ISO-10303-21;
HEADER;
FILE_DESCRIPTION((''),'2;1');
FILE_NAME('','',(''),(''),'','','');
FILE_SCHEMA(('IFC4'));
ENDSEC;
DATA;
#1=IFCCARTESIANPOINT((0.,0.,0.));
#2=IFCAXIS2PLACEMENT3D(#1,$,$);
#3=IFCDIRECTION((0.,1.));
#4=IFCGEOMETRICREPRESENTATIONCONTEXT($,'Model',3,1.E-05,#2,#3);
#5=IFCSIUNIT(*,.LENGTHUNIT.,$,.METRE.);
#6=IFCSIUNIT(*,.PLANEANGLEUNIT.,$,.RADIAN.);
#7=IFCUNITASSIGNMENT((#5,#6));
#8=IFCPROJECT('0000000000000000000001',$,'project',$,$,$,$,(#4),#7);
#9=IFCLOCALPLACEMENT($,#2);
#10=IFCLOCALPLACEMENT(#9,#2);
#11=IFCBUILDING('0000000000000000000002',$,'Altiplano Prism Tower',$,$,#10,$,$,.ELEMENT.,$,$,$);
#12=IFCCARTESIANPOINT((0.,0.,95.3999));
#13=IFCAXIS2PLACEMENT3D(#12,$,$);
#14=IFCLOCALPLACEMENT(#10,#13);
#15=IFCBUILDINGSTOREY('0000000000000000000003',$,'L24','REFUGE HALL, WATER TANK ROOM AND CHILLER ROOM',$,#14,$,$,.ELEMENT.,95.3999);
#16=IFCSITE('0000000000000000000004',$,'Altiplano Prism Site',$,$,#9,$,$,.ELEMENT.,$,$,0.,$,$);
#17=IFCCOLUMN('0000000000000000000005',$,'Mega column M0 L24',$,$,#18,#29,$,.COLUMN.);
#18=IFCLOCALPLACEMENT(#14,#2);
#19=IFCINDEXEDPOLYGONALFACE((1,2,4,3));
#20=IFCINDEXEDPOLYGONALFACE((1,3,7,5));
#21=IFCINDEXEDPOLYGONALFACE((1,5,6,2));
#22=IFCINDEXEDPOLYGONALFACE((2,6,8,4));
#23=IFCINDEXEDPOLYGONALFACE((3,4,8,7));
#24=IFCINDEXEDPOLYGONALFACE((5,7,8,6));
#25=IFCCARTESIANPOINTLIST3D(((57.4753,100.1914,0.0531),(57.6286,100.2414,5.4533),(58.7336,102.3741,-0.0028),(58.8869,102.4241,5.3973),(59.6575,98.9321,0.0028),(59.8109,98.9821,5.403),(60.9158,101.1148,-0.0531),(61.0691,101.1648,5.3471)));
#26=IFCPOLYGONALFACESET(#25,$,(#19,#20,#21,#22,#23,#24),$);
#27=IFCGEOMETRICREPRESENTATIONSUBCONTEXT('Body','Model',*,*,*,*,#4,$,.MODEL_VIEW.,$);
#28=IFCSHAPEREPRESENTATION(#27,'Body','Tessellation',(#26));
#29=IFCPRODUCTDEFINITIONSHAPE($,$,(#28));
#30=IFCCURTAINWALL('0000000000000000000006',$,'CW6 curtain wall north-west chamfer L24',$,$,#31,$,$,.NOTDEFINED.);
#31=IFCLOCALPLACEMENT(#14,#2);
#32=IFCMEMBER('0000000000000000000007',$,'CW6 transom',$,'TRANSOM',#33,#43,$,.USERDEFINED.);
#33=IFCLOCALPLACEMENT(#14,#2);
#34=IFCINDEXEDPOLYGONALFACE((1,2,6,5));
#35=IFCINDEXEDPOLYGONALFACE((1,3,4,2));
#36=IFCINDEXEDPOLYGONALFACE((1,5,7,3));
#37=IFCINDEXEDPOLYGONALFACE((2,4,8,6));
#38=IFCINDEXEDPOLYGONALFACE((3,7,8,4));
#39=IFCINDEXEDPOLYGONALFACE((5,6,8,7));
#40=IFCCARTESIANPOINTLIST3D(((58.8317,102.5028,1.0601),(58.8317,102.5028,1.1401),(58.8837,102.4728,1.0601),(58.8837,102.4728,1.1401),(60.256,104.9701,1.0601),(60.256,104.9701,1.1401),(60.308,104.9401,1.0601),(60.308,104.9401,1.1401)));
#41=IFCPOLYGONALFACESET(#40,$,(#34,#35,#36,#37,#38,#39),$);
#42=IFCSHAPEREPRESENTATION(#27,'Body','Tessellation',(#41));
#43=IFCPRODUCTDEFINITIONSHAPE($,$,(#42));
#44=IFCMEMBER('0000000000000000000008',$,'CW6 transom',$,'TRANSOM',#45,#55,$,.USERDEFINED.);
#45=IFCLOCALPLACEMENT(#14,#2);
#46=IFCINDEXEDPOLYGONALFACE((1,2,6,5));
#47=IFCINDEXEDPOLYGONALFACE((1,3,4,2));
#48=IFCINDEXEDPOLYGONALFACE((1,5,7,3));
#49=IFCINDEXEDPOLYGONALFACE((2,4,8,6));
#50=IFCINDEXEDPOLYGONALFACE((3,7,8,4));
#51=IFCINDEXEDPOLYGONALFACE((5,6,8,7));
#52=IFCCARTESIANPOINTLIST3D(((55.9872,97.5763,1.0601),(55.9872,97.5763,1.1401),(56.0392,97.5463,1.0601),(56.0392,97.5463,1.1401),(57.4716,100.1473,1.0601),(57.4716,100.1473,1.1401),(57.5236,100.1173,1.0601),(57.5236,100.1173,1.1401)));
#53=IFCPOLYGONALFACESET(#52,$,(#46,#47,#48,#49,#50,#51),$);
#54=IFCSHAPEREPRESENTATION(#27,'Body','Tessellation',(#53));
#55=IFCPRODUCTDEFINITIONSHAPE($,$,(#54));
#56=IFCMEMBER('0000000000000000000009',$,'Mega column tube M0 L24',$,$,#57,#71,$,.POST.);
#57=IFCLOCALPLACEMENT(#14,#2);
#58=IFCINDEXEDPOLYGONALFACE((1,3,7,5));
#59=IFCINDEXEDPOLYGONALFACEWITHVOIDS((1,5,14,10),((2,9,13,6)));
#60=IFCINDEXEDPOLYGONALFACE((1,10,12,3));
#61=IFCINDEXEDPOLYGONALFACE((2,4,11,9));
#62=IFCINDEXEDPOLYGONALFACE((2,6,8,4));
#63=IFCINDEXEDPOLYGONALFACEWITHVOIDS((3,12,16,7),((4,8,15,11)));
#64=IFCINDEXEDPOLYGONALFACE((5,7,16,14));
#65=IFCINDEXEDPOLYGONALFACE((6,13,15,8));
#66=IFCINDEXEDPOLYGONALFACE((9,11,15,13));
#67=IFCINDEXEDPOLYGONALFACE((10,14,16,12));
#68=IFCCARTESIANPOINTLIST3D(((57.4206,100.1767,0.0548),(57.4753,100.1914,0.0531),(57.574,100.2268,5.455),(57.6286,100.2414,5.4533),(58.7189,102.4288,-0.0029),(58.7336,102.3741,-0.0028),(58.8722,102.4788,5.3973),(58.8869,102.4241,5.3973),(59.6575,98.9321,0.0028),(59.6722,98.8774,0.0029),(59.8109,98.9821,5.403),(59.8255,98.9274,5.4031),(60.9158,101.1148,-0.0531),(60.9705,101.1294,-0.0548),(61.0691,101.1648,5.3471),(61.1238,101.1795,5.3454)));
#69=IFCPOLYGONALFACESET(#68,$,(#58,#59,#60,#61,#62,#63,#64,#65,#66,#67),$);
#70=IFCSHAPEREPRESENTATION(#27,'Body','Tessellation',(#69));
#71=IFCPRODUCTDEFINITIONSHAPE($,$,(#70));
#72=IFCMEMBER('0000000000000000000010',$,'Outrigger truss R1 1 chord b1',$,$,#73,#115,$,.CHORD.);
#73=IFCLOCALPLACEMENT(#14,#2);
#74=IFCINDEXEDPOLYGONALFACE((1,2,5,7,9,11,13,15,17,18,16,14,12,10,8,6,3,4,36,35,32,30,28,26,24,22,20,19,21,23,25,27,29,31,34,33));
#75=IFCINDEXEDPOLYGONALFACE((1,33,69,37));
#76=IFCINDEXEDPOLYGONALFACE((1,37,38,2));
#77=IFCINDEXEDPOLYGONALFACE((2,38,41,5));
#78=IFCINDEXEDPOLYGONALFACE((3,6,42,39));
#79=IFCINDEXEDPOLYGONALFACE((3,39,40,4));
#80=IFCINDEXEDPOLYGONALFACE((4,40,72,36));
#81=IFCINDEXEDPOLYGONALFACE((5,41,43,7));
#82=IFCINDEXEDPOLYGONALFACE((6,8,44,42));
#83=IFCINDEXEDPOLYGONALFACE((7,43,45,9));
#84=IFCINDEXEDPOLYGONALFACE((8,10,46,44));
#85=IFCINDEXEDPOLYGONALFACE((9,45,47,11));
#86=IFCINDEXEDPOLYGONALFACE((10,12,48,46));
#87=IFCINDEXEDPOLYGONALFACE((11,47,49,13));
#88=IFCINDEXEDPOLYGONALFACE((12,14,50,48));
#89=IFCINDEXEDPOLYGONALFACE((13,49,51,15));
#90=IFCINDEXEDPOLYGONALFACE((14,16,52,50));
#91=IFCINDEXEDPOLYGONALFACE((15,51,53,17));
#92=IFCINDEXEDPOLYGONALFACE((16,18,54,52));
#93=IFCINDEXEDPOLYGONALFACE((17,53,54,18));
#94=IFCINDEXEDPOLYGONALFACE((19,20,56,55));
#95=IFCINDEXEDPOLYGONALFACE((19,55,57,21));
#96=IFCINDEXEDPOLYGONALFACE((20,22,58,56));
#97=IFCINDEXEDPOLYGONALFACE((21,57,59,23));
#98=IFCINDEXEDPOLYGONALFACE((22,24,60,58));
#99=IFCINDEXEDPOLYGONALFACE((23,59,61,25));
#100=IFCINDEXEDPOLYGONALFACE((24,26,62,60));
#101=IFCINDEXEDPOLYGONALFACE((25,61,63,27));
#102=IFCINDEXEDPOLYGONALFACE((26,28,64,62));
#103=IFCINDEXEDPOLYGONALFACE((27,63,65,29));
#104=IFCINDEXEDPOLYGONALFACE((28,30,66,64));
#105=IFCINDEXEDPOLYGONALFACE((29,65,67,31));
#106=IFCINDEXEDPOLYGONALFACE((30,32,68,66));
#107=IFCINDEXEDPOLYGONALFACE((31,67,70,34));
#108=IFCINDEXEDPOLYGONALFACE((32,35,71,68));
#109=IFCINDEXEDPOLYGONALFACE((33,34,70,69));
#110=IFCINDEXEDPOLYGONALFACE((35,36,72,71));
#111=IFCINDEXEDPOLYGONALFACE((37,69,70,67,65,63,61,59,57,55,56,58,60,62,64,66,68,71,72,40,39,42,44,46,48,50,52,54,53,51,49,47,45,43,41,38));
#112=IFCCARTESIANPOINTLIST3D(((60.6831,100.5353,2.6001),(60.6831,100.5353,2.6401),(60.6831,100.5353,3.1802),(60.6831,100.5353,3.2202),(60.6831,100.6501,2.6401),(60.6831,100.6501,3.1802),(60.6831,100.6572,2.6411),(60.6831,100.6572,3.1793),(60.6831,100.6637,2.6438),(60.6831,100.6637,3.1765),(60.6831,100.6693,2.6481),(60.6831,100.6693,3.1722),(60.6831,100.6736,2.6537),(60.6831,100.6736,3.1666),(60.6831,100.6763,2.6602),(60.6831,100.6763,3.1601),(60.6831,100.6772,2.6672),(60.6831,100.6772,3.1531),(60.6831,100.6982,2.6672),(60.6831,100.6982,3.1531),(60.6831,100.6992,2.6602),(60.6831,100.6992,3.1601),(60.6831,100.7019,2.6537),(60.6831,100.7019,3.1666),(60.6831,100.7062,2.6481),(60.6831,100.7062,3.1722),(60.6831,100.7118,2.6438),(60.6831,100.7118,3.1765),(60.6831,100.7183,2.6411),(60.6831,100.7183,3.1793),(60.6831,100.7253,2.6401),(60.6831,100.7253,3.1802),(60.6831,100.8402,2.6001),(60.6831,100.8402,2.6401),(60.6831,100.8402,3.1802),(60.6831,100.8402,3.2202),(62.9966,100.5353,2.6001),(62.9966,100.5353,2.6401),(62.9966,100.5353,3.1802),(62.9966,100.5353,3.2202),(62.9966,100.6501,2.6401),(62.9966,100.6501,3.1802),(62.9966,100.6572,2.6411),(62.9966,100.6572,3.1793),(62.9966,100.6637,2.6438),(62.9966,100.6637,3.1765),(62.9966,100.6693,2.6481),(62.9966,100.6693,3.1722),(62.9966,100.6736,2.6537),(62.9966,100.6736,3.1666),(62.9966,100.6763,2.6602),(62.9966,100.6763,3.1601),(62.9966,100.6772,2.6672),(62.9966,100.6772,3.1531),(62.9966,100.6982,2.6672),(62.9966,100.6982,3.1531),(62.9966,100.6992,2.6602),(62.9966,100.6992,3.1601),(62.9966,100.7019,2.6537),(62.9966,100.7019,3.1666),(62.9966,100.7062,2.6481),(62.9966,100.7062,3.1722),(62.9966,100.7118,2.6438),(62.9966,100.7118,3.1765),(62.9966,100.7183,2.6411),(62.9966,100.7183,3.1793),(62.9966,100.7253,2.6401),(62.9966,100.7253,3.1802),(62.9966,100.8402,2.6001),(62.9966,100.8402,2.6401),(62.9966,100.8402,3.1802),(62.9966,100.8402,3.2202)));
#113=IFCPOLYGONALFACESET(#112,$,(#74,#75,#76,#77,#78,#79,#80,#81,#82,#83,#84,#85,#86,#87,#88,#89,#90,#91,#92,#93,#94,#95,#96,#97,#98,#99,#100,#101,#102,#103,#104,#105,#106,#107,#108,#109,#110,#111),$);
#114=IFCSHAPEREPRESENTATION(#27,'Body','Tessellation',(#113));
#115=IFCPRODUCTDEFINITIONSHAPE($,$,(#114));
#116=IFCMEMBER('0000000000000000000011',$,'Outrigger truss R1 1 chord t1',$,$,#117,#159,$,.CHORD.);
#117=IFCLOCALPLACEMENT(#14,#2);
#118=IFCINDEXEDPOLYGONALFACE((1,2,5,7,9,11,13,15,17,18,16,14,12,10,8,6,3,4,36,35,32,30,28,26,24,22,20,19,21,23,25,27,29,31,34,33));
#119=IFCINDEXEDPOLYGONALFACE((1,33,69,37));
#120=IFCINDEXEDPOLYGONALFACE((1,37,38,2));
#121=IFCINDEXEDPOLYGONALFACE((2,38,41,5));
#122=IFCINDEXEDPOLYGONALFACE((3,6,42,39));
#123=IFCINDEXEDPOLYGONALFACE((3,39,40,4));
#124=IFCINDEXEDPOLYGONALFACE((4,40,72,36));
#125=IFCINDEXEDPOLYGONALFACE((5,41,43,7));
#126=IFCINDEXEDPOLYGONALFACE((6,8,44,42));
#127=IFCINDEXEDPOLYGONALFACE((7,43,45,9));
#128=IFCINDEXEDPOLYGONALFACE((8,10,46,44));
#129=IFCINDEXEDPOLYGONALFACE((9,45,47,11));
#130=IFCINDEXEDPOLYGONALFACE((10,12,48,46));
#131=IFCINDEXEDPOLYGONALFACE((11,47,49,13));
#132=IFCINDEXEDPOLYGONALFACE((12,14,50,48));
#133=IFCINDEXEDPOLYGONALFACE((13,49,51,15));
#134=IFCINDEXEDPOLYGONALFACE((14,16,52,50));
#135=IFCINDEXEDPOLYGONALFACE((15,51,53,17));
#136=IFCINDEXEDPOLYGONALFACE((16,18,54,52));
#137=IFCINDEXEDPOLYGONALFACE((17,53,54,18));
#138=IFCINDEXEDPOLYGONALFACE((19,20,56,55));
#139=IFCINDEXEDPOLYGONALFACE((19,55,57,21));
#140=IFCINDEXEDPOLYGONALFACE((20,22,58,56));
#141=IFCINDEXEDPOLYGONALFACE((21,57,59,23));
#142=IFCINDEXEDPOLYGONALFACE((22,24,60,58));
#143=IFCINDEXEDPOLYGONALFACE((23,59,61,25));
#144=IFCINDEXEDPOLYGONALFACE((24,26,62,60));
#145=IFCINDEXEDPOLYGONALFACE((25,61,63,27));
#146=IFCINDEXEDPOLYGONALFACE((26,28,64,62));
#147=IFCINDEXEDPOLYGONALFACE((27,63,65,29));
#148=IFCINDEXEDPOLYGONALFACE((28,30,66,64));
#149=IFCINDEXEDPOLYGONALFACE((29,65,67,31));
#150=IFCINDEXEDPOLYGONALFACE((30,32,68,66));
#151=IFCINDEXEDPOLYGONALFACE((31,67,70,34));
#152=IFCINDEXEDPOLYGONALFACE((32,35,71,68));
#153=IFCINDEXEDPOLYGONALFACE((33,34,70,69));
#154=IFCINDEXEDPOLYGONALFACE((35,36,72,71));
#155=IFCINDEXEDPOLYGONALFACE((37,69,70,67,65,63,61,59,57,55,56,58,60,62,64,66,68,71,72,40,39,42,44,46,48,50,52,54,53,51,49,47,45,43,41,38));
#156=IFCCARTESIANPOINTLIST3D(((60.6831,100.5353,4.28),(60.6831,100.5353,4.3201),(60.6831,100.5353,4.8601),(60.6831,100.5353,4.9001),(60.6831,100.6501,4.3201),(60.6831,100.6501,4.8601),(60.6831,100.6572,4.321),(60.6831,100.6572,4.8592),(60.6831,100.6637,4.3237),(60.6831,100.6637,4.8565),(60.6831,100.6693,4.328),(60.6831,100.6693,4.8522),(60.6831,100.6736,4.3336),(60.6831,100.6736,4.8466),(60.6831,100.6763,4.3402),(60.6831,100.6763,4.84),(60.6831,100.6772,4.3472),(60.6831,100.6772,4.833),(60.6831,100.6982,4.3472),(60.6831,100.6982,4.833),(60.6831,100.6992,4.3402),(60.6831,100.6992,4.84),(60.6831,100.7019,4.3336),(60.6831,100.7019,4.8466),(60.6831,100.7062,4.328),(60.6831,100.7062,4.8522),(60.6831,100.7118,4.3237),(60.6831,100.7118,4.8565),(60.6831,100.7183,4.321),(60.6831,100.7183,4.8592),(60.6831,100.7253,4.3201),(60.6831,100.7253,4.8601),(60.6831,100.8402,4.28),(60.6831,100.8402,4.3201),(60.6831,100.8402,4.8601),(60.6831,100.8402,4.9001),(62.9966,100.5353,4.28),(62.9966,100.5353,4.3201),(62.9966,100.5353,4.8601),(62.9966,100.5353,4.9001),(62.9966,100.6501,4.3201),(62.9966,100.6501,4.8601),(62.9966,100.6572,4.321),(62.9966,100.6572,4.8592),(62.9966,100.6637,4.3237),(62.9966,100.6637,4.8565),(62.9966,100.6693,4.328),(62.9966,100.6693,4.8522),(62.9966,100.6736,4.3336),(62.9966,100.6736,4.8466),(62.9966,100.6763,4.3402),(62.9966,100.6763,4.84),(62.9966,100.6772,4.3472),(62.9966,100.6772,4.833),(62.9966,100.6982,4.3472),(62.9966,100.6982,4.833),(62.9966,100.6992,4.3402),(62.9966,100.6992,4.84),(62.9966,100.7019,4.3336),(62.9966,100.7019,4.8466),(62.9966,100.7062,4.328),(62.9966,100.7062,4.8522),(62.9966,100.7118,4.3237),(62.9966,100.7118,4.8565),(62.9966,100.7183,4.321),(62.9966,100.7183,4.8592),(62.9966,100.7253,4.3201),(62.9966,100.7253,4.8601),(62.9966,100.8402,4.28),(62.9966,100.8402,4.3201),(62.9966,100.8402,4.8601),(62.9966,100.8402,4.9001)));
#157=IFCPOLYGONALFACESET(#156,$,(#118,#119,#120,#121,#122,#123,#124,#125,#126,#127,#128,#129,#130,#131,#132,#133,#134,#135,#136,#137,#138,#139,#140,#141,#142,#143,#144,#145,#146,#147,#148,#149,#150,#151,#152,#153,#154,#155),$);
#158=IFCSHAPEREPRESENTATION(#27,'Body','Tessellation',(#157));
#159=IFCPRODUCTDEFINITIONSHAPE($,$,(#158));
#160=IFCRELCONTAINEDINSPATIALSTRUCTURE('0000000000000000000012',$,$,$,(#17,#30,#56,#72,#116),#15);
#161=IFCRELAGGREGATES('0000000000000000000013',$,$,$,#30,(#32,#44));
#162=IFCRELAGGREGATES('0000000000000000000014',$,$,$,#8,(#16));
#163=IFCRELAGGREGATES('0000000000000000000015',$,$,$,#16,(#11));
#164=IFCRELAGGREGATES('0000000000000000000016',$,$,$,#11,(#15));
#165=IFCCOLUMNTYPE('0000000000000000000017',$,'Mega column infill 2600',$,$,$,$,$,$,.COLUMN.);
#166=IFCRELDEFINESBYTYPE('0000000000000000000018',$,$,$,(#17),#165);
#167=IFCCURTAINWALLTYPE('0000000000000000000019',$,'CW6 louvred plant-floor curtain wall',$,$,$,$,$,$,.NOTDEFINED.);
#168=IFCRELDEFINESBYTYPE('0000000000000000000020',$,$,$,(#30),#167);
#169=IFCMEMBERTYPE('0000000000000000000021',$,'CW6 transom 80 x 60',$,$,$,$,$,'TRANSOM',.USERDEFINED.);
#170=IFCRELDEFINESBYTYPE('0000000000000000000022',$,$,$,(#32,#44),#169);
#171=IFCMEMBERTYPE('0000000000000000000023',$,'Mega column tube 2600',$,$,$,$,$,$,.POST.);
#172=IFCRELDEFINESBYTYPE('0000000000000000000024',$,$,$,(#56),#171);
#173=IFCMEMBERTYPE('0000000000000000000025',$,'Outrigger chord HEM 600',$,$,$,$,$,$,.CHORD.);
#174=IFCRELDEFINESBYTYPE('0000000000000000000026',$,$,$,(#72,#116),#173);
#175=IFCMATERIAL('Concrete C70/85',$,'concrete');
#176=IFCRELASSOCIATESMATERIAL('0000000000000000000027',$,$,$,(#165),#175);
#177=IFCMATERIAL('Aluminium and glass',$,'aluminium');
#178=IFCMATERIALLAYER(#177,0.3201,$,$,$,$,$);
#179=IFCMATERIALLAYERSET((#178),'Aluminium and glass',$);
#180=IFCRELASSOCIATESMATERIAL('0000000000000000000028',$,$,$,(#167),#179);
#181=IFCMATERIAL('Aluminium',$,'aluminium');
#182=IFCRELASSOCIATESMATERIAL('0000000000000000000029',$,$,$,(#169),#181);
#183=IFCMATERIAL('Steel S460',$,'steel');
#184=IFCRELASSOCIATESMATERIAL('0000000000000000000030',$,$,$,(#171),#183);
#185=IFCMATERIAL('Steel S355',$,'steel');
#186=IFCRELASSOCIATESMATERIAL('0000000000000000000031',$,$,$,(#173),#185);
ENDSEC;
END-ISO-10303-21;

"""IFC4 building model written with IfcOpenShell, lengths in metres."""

from ifc_helpers import new_model, si_unit, direction, frame, origin, origin_2d, place, context, subcontext, project, spatial, rectangle, hollow_rectangle, i_section, extrude, material, layer, layer_set, material_profile, profile_set, type_object, element, aggregate, save


model = new_model("IFC4")

# Units and contexts
model_context = context("Model", 3, precision=1e-05, world=origin(), true_north=direction((0.0, 1.0)))
body_context = subcontext(model_context, "Body", "Model", "MODEL_VIEW")
ifc_project = project(units=[si_unit("LENGTHUNIT", "METRE"), si_unit("PLANEANGLEUNIT", "RADIAN")], contexts=[model_context])

# Site, building, storey
site_placement = place(None, origin())
site = spatial("IfcSite", under=ifc_project, at=site_placement, Name="Altiplano Prism Site", CompositionType="ELEMENT", RefElevation=0.0)
building_placement = place(site_placement, origin())
building = spatial("IfcBuilding", under=site, at=building_placement, Name="Altiplano Prism Tower", CompositionType="ELEMENT")
storey_placement = place(building_placement, frame((0.0, 0.0, 95.3999)))
storey = spatial("IfcBuildingStorey", under=building, at=storey_placement, Name="L24", Description="REFUGE HALL, WATER TANK ROOM AND CHILLER ROOM", CompositionType="ELEMENT", Elevation=95.3999)

# Column
ifc_material_1 = material(Name="Concrete C70/85", Category="concrete")
ifc_material_profile_1 = material_profile(ifc_material_1, rectangle(XDim=2.52, YDim=2.52, at=origin_2d()), Name="Mega column infill 2600")
ifc_profile_set_1 = profile_set([ifc_material_profile_1], Name="Concrete C70/85")
column_type = type_object("IfcColumnType", Name="Mega column infill 2600", PredefinedType="COLUMN", material=ifc_profile_set_1)
column_placement = place(storey_placement, frame((59.1956, 100.6531, 0.0), z_axis=(0.028379, 0.009264, 0.999554), x_axis=(-0.865959, 0.499716, 0.019955)))
element("IfcColumn", 1, at=column_placement, inside=storey, type_object=column_type, Name="Mega column M0 L24", PredefinedType="COLUMN", context=body_context, shape_type="SweptSolid", body=[
    extrude(rectangle(XDim=2.52, YDim=2.52, at=origin_2d()), origin(), (0.0, 0.0, 1.0), 5.4026),
])

# Curtain wall, members
ifc_material_2 = material(Name="Aluminium and glass", Category="aluminium")
ifc_layer_1 = layer(ifc_material_2, 0.3201)
ifc_layer_set_1 = layer_set([ifc_layer_1], Name="Aluminium and glass")
curtain_wall_type = type_object("IfcCurtainWallType", Name="CW6 louvred plant-floor curtain wall", PredefinedType="NOTDEFINED", material=ifc_layer_set_1)
curtain_wall_placement = place(storey_placement, origin())
curtain_wall = element("IfcCurtainWall", 2, at=curtain_wall_placement, inside=storey, type_object=curtain_wall_type, Name="CW6 curtain wall north-west chamfer L24", PredefinedType="NOTDEFINED")
ifc_material_3 = material(Name="Aluminium", Category="aluminium")
ifc_material_profile_2 = material_profile(ifc_material_3, rectangle(XDim=0.0601, YDim=0.0801, at=origin_2d()), Name="CW6 transom 80 x 60")
ifc_profile_set_2 = profile_set([ifc_material_profile_2], Name="Aluminium")
member_type_1 = type_object("IfcMemberType", Name="CW6 transom 80 x 60", ElementType="TRANSOM", PredefinedType="USERDEFINED", material=ifc_profile_set_2)
member_1_placement = place(storey_placement, frame((60.282, 104.9551, 1.1001), z_axis=(-0.499955, -0.866051, 0.0), x_axis=(0.866051, -0.499955, 0.0)))
member_1 = element("IfcMember", 3, at=member_1_placement, type_object=member_type_1, Name="CW6 transom", ObjectType="TRANSOM", PredefinedType="USERDEFINED", context=body_context, shape_type="SweptSolid", body=[
    extrude(rectangle(XDim=0.0601, YDim=0.0801, at=origin_2d()), origin(), (0.0, 0.0, 1.0), 2.8489),
])
member_2_placement = place(storey_placement, frame((57.4976, 100.1323, 1.1001), z_axis=(-0.499995, -0.866028, 0.0), x_axis=(0.866028, -0.499995, 0.0)))
member_2 = element("IfcMember", 4, at=member_2_placement, type_object=member_type_1, Name="CW6 transom", ObjectType="TRANSOM", PredefinedType="USERDEFINED", context=body_context, shape_type="SweptSolid", body=[
    extrude(rectangle(XDim=0.0601, YDim=0.0801, at=origin_2d()), origin(), (0.0, 0.0, 1.0), 2.9688),
])

# Members
ifc_material_4 = material(Name="Steel S460", Category="steel")
ifc_material_profile_3 = material_profile(ifc_material_4, hollow_rectangle(XDim=2.6001, YDim=2.6001, WallThickness=0.04, at=origin_2d()), Name="Mega column tube 2600")
ifc_profile_set_3 = profile_set([ifc_material_profile_3], Name="Steel S460")
member_type_2 = type_object("IfcMemberType", Name="Mega column tube 2600", PredefinedType="POST", material=ifc_profile_set_3)
member_3_placement = place(storey_placement, frame((59.1956, 100.6531, 0.0), z_axis=(0.028379, 0.009264, 0.999554), x_axis=(-0.865959, 0.499716, 0.019955)))
element("IfcMember", 5, at=member_3_placement, inside=storey, type_object=member_type_2, Name="Mega column tube M0 L24", PredefinedType="POST", context=body_context, shape_type="SweptSolid", body=[
    extrude(hollow_rectangle(XDim=2.6001, YDim=2.6001, WallThickness=0.04, at=origin_2d()), origin(), (0.0, 0.0, 1.0), 5.4026),
])
ifc_material_5 = material(Name="Steel S355", Category="steel")
ifc_material_profile_4 = material_profile(ifc_material_5, i_section(OverallWidth=0.3049, OverallDepth=0.6201, WebThickness=0.021, FlangeThickness=0.04, FilletRadius=0.0271, at=origin_2d()), Name="Outrigger chord HEM 600")
ifc_profile_set_4 = profile_set([ifc_material_profile_4], Name="Steel S355")
member_type_3 = type_object("IfcMemberType", Name="Outrigger chord HEM 600", PredefinedType="CHORD", material=ifc_profile_set_4)
for number, where, z_axis, x_axis, name in (
    (6, (60.6831, 100.6877, 2.9102), (1.0, 0.0, 0.0), (0.0, 1.0, 0.0), "Outrigger truss R1 1 chord b1"),
    (7, (60.6831, 100.6877, 4.5901), (1.0, 0.0, 0.0), (0.0, 1.0, 0.0), "Outrigger truss R1 1 chord t1"),
):
    element("IfcMember", number, at=place(storey_placement, frame(where, z_axis=z_axis, x_axis=x_axis)), inside=storey, type_object=member_type_3, Name=name, PredefinedType="CHORD", context=body_context, shape_type="SweptSolid", body=[
        extrude(i_section(OverallWidth=0.3049, OverallDepth=0.6201, WebThickness=0.021, FlangeThickness=0.04, FilletRadius=0.0271, at=origin_2d()), origin(), (0.0, 0.0, 1.0), 2.3135),
    ])

aggregate(curtain_wall, [member_1, member_2])

save(model, "model.ifc")
